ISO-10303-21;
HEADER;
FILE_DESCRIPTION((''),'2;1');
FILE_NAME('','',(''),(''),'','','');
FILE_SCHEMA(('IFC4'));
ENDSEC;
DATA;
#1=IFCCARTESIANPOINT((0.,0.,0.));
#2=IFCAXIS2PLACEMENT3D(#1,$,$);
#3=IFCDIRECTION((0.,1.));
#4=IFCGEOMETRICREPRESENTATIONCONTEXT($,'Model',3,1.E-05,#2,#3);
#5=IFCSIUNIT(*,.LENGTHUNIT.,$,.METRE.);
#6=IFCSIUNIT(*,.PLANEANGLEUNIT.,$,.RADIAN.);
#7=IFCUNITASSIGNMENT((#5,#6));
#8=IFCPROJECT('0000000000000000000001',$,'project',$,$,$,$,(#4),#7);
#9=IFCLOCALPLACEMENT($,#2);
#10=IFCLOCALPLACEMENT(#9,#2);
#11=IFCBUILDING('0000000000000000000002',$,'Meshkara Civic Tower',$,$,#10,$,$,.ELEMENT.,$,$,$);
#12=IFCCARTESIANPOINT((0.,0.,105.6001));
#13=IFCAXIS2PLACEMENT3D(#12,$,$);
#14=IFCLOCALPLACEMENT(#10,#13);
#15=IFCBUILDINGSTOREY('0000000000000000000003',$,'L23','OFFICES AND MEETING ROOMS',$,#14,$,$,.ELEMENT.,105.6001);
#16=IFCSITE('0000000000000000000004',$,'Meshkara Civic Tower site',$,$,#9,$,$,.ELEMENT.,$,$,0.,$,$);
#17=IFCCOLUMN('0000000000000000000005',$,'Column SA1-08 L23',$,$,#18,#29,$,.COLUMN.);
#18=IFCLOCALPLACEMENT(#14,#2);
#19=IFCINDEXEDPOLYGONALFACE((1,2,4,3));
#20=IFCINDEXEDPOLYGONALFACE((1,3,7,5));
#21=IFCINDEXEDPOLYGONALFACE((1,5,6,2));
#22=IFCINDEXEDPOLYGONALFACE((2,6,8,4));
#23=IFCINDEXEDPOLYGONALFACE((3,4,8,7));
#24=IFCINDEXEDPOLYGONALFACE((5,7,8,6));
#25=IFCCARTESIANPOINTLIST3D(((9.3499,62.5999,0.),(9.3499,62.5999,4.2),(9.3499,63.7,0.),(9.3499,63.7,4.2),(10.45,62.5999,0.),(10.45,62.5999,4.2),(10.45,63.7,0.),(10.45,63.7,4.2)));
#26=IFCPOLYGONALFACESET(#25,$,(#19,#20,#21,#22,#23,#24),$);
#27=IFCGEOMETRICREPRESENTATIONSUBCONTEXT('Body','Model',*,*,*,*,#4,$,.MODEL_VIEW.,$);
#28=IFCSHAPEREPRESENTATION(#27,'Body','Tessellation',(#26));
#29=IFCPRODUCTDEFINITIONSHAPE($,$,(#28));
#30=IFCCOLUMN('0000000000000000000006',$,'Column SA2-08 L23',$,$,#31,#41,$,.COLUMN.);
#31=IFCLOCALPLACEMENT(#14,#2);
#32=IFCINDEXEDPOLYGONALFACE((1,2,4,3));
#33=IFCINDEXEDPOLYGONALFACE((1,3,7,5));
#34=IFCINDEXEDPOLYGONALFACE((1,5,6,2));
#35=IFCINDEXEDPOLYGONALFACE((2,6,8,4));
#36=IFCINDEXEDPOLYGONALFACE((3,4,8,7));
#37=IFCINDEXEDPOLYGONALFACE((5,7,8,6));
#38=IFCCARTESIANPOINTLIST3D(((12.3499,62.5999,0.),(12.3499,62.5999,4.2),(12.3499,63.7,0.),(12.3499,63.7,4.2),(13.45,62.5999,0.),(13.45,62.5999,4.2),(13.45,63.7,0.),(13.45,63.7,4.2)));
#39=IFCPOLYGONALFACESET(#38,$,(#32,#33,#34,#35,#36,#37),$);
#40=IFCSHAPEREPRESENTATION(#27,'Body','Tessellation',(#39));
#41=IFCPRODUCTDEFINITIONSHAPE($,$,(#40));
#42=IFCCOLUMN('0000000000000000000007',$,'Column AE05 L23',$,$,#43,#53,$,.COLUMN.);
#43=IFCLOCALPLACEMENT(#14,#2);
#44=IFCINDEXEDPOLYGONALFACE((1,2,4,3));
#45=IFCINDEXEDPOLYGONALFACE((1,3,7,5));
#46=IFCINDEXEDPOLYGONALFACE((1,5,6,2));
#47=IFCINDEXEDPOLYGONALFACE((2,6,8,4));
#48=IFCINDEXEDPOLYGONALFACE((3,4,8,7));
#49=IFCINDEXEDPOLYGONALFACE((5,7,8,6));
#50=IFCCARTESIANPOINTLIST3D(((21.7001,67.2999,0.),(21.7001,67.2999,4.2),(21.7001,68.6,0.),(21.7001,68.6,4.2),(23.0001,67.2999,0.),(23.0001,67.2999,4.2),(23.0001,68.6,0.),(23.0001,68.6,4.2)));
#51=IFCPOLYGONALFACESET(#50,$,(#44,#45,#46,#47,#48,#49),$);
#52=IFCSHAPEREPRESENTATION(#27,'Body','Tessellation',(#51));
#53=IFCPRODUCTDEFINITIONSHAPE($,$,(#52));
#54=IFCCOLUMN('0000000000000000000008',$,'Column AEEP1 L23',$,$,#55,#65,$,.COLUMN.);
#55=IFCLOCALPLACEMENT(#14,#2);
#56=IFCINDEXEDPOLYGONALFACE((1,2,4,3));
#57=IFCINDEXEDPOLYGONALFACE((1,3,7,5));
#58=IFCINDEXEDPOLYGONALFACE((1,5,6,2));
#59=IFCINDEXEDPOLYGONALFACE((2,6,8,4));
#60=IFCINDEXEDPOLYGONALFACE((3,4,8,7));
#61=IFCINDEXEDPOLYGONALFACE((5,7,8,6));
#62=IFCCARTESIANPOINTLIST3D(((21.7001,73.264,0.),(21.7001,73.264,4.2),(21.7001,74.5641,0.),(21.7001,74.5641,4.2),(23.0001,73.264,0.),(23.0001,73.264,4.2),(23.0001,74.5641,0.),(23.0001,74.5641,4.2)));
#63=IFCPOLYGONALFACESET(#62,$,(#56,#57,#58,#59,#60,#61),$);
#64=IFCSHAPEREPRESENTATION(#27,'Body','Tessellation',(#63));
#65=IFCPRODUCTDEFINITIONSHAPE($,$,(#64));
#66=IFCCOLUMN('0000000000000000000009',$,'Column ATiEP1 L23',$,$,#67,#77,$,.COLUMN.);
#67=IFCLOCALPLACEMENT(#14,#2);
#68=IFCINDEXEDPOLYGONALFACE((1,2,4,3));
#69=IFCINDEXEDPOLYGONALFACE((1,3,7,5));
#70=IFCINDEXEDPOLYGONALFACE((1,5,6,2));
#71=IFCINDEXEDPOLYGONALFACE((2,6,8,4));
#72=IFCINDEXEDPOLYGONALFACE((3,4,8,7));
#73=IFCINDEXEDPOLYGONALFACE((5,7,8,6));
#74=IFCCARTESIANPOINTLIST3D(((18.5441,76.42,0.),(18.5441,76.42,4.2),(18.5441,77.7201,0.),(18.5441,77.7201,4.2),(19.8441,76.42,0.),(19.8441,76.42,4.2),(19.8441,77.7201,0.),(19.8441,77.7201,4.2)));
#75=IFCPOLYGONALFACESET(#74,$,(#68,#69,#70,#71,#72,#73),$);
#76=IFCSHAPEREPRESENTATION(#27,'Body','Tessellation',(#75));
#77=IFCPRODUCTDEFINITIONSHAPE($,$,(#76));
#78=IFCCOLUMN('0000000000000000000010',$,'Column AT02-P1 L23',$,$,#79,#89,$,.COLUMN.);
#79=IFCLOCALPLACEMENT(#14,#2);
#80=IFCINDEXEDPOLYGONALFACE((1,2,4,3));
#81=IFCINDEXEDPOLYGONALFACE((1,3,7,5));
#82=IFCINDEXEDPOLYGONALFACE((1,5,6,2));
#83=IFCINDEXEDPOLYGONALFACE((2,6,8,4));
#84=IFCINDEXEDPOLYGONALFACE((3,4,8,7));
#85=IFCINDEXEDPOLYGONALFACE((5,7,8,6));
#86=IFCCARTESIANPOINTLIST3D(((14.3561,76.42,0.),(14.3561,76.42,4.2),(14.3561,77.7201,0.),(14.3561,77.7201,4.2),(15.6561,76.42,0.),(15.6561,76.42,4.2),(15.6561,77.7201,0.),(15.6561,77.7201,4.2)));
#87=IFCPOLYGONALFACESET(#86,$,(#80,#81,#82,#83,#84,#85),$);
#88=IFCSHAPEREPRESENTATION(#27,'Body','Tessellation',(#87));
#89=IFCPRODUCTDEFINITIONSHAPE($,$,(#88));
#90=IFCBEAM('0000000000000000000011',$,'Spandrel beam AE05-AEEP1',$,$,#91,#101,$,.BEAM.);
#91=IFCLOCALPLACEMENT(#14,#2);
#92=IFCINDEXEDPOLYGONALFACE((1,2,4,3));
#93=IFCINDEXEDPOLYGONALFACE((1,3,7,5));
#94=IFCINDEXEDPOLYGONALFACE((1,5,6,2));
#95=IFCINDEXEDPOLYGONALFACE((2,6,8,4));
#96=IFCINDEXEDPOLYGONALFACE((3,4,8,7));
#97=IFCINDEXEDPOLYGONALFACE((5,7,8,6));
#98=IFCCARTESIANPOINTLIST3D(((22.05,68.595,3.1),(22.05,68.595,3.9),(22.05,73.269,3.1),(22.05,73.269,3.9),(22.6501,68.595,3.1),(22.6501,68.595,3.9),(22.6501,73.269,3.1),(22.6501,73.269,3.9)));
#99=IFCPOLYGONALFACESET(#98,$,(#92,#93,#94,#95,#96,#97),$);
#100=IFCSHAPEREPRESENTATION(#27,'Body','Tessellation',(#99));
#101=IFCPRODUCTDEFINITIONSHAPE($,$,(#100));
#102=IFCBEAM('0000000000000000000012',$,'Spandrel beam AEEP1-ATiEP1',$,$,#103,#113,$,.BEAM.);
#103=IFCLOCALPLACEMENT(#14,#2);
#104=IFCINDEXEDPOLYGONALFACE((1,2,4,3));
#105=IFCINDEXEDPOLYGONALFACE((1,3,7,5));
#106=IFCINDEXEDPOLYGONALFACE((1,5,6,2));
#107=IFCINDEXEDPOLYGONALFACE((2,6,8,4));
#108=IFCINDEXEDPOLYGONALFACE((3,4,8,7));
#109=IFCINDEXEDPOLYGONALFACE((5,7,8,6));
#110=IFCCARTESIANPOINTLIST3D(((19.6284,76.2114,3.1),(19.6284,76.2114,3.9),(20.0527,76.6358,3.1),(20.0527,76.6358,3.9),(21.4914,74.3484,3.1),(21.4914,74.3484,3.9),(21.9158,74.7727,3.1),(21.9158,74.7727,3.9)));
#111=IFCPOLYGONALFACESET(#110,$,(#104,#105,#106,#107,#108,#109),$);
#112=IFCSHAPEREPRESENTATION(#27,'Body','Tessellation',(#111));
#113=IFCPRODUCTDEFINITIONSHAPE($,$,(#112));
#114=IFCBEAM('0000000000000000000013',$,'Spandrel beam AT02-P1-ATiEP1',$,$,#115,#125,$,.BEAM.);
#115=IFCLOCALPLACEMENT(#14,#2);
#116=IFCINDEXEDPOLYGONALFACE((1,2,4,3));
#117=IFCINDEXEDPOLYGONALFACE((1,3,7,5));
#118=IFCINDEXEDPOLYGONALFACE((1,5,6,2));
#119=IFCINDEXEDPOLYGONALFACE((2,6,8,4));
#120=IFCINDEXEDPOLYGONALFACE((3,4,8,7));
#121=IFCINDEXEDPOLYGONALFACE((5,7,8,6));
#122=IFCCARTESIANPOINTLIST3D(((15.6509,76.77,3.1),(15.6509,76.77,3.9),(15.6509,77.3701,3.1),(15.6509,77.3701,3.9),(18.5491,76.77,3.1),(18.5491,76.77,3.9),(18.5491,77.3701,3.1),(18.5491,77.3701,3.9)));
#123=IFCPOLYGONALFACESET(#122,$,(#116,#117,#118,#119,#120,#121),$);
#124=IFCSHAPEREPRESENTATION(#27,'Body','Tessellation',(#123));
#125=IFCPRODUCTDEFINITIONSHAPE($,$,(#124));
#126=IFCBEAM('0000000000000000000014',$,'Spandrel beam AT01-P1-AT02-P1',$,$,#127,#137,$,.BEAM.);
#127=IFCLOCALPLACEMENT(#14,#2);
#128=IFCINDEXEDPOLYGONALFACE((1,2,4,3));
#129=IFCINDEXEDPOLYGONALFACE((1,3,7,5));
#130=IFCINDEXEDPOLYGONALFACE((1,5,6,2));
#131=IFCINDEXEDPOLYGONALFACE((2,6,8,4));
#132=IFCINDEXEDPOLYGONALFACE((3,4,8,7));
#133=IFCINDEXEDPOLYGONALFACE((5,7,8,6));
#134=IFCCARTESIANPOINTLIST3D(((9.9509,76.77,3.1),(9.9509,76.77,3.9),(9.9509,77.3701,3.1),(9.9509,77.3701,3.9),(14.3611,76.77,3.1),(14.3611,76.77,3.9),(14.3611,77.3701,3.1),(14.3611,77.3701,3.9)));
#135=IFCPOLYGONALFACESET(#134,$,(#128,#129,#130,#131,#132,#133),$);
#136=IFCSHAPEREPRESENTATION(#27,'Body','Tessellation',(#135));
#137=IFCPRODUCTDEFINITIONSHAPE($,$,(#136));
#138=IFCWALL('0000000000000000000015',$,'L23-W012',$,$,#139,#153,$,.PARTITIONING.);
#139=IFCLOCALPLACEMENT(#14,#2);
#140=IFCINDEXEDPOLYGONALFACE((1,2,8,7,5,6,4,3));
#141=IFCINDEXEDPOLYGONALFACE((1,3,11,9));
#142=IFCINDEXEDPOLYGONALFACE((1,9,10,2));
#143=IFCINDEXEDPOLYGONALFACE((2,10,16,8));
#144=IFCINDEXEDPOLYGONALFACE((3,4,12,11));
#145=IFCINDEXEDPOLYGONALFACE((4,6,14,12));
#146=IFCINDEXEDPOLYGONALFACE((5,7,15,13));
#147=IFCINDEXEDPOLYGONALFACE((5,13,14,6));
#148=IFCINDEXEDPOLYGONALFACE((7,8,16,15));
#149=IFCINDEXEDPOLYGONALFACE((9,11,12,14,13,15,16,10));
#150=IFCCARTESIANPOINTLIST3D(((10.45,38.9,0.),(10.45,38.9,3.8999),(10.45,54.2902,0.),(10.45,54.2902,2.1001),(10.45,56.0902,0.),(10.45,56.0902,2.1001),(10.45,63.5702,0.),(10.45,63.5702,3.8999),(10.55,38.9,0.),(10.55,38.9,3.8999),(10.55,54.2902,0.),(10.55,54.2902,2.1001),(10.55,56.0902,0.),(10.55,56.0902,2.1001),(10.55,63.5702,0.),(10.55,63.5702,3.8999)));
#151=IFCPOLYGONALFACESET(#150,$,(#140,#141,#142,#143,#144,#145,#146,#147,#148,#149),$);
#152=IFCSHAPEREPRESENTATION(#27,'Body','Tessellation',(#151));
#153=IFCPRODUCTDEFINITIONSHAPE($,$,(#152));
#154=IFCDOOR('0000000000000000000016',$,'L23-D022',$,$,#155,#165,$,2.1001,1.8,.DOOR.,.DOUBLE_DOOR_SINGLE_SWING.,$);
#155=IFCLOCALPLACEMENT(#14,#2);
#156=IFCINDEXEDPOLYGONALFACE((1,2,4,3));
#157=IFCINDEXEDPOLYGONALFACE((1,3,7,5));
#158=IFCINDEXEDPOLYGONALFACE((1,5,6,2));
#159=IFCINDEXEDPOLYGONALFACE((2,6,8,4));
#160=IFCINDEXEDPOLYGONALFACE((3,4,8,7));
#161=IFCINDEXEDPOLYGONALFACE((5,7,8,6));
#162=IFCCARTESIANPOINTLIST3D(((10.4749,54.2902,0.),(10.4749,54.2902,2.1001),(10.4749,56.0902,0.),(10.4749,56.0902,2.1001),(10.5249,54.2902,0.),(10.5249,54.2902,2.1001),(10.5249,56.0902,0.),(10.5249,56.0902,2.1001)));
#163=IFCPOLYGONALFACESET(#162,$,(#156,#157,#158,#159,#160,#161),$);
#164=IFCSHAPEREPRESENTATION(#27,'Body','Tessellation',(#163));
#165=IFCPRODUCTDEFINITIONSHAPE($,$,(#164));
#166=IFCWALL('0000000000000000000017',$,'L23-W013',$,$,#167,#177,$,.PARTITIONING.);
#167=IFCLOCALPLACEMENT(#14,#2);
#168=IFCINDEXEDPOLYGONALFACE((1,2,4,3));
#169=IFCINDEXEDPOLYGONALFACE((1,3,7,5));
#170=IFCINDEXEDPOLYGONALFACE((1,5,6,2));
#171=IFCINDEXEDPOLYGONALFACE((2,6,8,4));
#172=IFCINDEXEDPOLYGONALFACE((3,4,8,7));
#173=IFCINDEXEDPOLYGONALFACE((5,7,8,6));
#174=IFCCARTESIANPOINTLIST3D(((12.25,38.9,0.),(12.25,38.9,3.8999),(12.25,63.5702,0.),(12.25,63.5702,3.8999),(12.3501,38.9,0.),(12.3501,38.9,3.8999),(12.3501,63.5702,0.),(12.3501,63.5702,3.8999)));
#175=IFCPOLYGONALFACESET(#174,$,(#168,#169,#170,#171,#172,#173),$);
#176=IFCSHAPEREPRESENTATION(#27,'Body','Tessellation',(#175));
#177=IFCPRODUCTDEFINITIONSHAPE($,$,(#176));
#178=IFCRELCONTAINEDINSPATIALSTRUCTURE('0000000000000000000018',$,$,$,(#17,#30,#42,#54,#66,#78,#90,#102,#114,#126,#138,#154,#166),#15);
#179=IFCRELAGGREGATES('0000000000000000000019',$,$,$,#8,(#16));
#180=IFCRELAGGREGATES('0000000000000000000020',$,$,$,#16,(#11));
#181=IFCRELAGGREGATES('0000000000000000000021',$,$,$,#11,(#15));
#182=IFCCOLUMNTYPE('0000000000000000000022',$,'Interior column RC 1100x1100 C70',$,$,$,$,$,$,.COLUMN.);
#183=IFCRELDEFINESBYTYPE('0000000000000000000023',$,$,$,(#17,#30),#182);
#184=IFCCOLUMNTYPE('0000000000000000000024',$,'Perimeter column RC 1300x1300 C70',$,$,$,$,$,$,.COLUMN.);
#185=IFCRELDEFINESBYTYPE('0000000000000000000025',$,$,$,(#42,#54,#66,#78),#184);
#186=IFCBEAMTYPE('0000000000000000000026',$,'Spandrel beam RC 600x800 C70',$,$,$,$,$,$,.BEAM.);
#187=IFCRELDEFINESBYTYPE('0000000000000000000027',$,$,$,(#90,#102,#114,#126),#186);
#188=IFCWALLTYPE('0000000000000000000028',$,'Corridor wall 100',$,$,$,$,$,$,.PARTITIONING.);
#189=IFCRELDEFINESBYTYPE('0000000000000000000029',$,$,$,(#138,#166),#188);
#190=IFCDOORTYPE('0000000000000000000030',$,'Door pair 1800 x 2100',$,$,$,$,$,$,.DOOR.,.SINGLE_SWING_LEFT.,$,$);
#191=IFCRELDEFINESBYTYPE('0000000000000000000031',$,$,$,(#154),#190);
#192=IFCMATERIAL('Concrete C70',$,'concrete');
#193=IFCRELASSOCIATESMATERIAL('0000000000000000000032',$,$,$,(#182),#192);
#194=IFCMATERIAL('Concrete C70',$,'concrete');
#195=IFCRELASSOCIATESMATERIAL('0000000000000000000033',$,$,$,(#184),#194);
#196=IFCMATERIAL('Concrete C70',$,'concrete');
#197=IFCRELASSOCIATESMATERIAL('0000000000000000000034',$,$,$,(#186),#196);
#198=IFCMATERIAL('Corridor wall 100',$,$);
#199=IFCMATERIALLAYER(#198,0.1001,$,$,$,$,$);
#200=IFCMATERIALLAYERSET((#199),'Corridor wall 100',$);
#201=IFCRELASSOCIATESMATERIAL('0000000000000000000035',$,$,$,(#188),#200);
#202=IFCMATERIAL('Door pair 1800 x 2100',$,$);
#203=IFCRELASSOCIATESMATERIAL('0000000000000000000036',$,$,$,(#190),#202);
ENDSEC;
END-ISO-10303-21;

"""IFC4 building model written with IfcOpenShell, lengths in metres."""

from ifc_helpers import new_model, si_unit, direction, frame, frame_2d, origin, origin_2d, place, context, subcontext, project, spatial, rectangle, extrude, material, layer, layer_set, material_profile, profile_set, type_object, element, fill, save


model = new_model("IFC4")

# Units and contexts
model_context = context("Model", 3, precision=1e-05, world=origin(), true_north=direction((0.0, 1.0)))
body_context = subcontext(model_context, "Body", "Model", "MODEL_VIEW")
ifc_project = project(units=[si_unit("LENGTHUNIT", "METRE"), si_unit("PLANEANGLEUNIT", "RADIAN")], contexts=[model_context])

# Site, building, storey
site_placement = place(None, origin())
site = spatial("IfcSite", under=ifc_project, at=site_placement, Name="Meshkara Civic Tower site", CompositionType="ELEMENT", RefElevation=0.0)
building_placement = place(site_placement, origin())
building = spatial("IfcBuilding", under=site, at=building_placement, Name="Meshkara Civic Tower", CompositionType="ELEMENT")
storey_placement = place(building_placement, frame((0.0, 0.0, 105.6001)))
storey = spatial("IfcBuildingStorey", under=building, at=storey_placement, Name="L23", Description="OFFICES AND MEETING ROOMS", CompositionType="ELEMENT", Elevation=105.6001)

# Columns
ifc_material_1 = material(Name="Concrete C70", Category="concrete")
ifc_material_profile_1 = material_profile(ifc_material_1, rectangle(XDim=1.1001, YDim=1.1001, at=origin_2d()))
ifc_profile_set_1 = profile_set([ifc_material_profile_1], Name="Concrete C70")
column_type_1 = type_object("IfcColumnType", Name="Interior column RC 1100x1100 C70", PredefinedType="COLUMN", material=ifc_profile_set_1)
for number, where, z_axis, x_axis, name in (
    (1, (9.8999, 63.1499, 0.0), (0.0, 0.0, 1.0), (1.0, 0.0, 0.0), "Column SA1-08 L23"),
    (2, (12.8999, 63.1499, 0.0), (0.0, 0.0, 1.0), (1.0, 0.0, 0.0), "Column SA2-08 L23"),
):
    element("IfcColumn", number, at=place(storey_placement, frame(where, z_axis=z_axis, x_axis=x_axis)), inside=storey, type_object=column_type_1, Name=name, PredefinedType="COLUMN", context=body_context, shape_type="SweptSolid", body=[
        extrude(rectangle(XDim=1.1001, YDim=1.1001, at=origin_2d()), origin(), (0.0, 0.0, 1.0), 4.2),
    ])
ifc_material_2 = material(Name="Concrete C70", Category="concrete")
ifc_material_profile_2 = material_profile(ifc_material_2, rectangle(XDim=1.3, YDim=1.3, at=origin_2d()))
ifc_profile_set_2 = profile_set([ifc_material_profile_2], Name="Concrete C70")
column_type_2 = type_object("IfcColumnType", Name="Perimeter column RC 1300x1300 C70", PredefinedType="COLUMN", material=ifc_profile_set_2)
for number, where, z_axis, x_axis, name in (
    (3, (22.3501, 67.95, 0.0), (0.0, 0.0, 1.0), (1.0, 0.0, 0.0), "Column AE05 L23"),
    (4, (22.3501, 73.9141, 0.0), (0.0, 0.0, 1.0), (1.0, 0.0, 0.0), "Column AEEP1 L23"),
    (5, (19.1941, 77.0701, 0.0), (0.0, 0.0, 1.0), (1.0, 0.0, 0.0), "Column ATiEP1 L23"),
    (6, (15.0061, 77.0701, 0.0), (0.0, 0.0, 1.0), (1.0, 0.0, 0.0), "Column AT02-P1 L23"),
):
    element("IfcColumn", number, at=place(storey_placement, frame(where, z_axis=z_axis, x_axis=x_axis)), inside=storey, type_object=column_type_2, Name=name, PredefinedType="COLUMN", context=body_context, shape_type="SweptSolid", body=[
        extrude(rectangle(XDim=1.3, YDim=1.3, at=origin_2d()), origin(), (0.0, 0.0, 1.0), 4.2),
    ])

# Beams
ifc_material_3 = material(Name="Concrete C70", Category="concrete")
ifc_material_profile_3 = material_profile(ifc_material_3, rectangle(XDim=0.6001, YDim=0.8, at=origin_2d()))
ifc_profile_set_3 = profile_set([ifc_material_profile_3], Name="Concrete C70")
beam_type = type_object("IfcBeamType", Name="Spandrel beam RC 600x800 C70", PredefinedType="BEAM", material=ifc_profile_set_3)
beam_1_placement = place(storey_placement, frame((22.3501, 68.595, 3.5), z_axis=(0.0, 1.0, 0.0), x_axis=(-1.0, 0.0, 0.0)))
element("IfcBeam", 7, at=beam_1_placement, inside=storey, type_object=beam_type, Name="Spandrel beam AE05-AEEP1", PredefinedType="BEAM", context=body_context, shape_type="SweptSolid", body=[
    extrude(rectangle(XDim=0.6001, YDim=0.8, at=origin_2d()), origin(), (0.0, 0.0, 1.0), 4.6741),
])
beam_2_placement = place(storey_placement, frame((21.7036, 74.5605, 3.5), z_axis=(-0.707107, 0.707107, 0.0), x_axis=(-0.707107, -0.707107, 0.0)))
element("IfcBeam", 8, at=beam_2_placement, inside=storey, type_object=beam_type, Name="Spandrel beam AEEP1-ATiEP1", PredefinedType="BEAM", context=body_context, shape_type="SweptSolid", body=[
    extrude(rectangle(XDim=0.6001, YDim=0.8, at=origin_2d()), origin(), (0.0, 0.0, 1.0), 2.6348),
])
beam_3_placement = place(storey_placement, frame((18.5491, 77.0701, 3.5), z_axis=(-1.0, 0.0, 0.0), x_axis=(0.0, -1.0, 0.0)))
element("IfcBeam", 9, at=beam_3_placement, inside=storey, type_object=beam_type, Name="Spandrel beam AT02-P1-ATiEP1", PredefinedType="BEAM", context=body_context, shape_type="SweptSolid", body=[
    extrude(rectangle(XDim=0.6001, YDim=0.8, at=origin_2d()), origin(), (0.0, 0.0, 1.0), 2.8982),
])
beam_4_placement = place(storey_placement, frame((14.3611, 77.0701, 3.5), z_axis=(-1.0, 0.0, 0.0), x_axis=(0.0, -1.0, 0.0)))
element("IfcBeam", 10, at=beam_4_placement, inside=storey, type_object=beam_type, Name="Spandrel beam AT01-P1-AT02-P1", PredefinedType="BEAM", context=body_context, shape_type="SweptSolid", body=[
    extrude(rectangle(XDim=0.6001, YDim=0.8, at=origin_2d()), origin(), (0.0, 0.0, 1.0), 4.4102),
])

# Wall, opening, door
ifc_material_4 = material(Name="Corridor wall 100")
ifc_layer_1 = layer(ifc_material_4, 0.1001)
ifc_layer_set_1 = layer_set([ifc_layer_1], Name="Corridor wall 100")
wall_type_1 = type_object("IfcWallType", Name="Corridor wall 100", PredefinedType="PARTITIONING", material=ifc_layer_set_1)
wall_1_placement = place(storey_placement, frame((10.5, 63.5701, 0.0), z_axis=(0.0, 0.0, 1.0), x_axis=(0.0, -1.0, 0.0)))
wall_1 = element("IfcWall", 11, at=wall_1_placement, inside=storey, type_object=wall_type_1, Name="L23-W012", PredefinedType="PARTITIONING", context=body_context, shape_type="SweptSolid", body=[
    extrude(rectangle(XDim=24.6702, YDim=0.1001, at=frame_2d((12.335, 0.0))), origin(), (0.0, 0.0, 1.0), 3.8999),
])
opening_1_placement = place(wall_1_placement, frame((7.48, 0.0, 0.0)))
opening_1 = element("IfcOpeningElement", 12, at=opening_1_placement, cuts=wall_1, PredefinedType="OPENING", context=body_context, shape_type="SweptSolid", body=[
    extrude(rectangle(XDim=1.8, YDim=2.1001, at=frame_2d((0.8999, 1.05))), frame((0.0, 0.0601, 0.0), z_axis=(0.0, -1.0, 0.0), x_axis=(1.0, 0.0, 0.0)), (0.0, 0.0, 1.0), 0.1201),
])
ifc_material_5 = material(Name="Door pair 1800 x 2100")
door_type_1 = type_object("IfcDoorType", Name="Door pair 1800 x 2100", OperationType="SINGLE_SWING_LEFT", PredefinedType="DOOR", material=ifc_material_5)
door_1_placement = place(opening_1_placement, origin())
door_1 = element("IfcDoor", 13, at=door_1_placement, inside=storey, type_object=door_type_1, Name="L23-D022", OperationType="DOUBLE_DOOR_SINGLE_SWING", OverallHeight=2.1001, OverallWidth=1.8, PredefinedType="DOOR", context=body_context, shape_type="SweptSolid", body=[
    extrude(rectangle(XDim=1.8, YDim=2.1001, at=frame_2d((0.8999, 1.05))), frame((0.0, 0.0249, 0.0), z_axis=(0.0, -1.0, 0.0), x_axis=(1.0, 0.0, 0.0)), (0.0, 0.0, 1.0), 0.05),
])
fill(opening_1, door_1)

# Wall
wall_2_placement = place(storey_placement, frame((12.3, 63.5701, 0.0), z_axis=(0.0, 0.0, 1.0), x_axis=(0.0, -1.0, 0.0)))
element("IfcWall", 14, at=wall_2_placement, inside=storey, type_object=wall_type_1, Name="L23-W013", PredefinedType="PARTITIONING", context=body_context, shape_type="SweptSolid", body=[
    extrude(rectangle(XDim=24.6702, YDim=0.1001, at=frame_2d((12.335, 0.0))), origin(), (0.0, 0.0, 1.0), 3.8999),
])

save(model, "model.ifc")
